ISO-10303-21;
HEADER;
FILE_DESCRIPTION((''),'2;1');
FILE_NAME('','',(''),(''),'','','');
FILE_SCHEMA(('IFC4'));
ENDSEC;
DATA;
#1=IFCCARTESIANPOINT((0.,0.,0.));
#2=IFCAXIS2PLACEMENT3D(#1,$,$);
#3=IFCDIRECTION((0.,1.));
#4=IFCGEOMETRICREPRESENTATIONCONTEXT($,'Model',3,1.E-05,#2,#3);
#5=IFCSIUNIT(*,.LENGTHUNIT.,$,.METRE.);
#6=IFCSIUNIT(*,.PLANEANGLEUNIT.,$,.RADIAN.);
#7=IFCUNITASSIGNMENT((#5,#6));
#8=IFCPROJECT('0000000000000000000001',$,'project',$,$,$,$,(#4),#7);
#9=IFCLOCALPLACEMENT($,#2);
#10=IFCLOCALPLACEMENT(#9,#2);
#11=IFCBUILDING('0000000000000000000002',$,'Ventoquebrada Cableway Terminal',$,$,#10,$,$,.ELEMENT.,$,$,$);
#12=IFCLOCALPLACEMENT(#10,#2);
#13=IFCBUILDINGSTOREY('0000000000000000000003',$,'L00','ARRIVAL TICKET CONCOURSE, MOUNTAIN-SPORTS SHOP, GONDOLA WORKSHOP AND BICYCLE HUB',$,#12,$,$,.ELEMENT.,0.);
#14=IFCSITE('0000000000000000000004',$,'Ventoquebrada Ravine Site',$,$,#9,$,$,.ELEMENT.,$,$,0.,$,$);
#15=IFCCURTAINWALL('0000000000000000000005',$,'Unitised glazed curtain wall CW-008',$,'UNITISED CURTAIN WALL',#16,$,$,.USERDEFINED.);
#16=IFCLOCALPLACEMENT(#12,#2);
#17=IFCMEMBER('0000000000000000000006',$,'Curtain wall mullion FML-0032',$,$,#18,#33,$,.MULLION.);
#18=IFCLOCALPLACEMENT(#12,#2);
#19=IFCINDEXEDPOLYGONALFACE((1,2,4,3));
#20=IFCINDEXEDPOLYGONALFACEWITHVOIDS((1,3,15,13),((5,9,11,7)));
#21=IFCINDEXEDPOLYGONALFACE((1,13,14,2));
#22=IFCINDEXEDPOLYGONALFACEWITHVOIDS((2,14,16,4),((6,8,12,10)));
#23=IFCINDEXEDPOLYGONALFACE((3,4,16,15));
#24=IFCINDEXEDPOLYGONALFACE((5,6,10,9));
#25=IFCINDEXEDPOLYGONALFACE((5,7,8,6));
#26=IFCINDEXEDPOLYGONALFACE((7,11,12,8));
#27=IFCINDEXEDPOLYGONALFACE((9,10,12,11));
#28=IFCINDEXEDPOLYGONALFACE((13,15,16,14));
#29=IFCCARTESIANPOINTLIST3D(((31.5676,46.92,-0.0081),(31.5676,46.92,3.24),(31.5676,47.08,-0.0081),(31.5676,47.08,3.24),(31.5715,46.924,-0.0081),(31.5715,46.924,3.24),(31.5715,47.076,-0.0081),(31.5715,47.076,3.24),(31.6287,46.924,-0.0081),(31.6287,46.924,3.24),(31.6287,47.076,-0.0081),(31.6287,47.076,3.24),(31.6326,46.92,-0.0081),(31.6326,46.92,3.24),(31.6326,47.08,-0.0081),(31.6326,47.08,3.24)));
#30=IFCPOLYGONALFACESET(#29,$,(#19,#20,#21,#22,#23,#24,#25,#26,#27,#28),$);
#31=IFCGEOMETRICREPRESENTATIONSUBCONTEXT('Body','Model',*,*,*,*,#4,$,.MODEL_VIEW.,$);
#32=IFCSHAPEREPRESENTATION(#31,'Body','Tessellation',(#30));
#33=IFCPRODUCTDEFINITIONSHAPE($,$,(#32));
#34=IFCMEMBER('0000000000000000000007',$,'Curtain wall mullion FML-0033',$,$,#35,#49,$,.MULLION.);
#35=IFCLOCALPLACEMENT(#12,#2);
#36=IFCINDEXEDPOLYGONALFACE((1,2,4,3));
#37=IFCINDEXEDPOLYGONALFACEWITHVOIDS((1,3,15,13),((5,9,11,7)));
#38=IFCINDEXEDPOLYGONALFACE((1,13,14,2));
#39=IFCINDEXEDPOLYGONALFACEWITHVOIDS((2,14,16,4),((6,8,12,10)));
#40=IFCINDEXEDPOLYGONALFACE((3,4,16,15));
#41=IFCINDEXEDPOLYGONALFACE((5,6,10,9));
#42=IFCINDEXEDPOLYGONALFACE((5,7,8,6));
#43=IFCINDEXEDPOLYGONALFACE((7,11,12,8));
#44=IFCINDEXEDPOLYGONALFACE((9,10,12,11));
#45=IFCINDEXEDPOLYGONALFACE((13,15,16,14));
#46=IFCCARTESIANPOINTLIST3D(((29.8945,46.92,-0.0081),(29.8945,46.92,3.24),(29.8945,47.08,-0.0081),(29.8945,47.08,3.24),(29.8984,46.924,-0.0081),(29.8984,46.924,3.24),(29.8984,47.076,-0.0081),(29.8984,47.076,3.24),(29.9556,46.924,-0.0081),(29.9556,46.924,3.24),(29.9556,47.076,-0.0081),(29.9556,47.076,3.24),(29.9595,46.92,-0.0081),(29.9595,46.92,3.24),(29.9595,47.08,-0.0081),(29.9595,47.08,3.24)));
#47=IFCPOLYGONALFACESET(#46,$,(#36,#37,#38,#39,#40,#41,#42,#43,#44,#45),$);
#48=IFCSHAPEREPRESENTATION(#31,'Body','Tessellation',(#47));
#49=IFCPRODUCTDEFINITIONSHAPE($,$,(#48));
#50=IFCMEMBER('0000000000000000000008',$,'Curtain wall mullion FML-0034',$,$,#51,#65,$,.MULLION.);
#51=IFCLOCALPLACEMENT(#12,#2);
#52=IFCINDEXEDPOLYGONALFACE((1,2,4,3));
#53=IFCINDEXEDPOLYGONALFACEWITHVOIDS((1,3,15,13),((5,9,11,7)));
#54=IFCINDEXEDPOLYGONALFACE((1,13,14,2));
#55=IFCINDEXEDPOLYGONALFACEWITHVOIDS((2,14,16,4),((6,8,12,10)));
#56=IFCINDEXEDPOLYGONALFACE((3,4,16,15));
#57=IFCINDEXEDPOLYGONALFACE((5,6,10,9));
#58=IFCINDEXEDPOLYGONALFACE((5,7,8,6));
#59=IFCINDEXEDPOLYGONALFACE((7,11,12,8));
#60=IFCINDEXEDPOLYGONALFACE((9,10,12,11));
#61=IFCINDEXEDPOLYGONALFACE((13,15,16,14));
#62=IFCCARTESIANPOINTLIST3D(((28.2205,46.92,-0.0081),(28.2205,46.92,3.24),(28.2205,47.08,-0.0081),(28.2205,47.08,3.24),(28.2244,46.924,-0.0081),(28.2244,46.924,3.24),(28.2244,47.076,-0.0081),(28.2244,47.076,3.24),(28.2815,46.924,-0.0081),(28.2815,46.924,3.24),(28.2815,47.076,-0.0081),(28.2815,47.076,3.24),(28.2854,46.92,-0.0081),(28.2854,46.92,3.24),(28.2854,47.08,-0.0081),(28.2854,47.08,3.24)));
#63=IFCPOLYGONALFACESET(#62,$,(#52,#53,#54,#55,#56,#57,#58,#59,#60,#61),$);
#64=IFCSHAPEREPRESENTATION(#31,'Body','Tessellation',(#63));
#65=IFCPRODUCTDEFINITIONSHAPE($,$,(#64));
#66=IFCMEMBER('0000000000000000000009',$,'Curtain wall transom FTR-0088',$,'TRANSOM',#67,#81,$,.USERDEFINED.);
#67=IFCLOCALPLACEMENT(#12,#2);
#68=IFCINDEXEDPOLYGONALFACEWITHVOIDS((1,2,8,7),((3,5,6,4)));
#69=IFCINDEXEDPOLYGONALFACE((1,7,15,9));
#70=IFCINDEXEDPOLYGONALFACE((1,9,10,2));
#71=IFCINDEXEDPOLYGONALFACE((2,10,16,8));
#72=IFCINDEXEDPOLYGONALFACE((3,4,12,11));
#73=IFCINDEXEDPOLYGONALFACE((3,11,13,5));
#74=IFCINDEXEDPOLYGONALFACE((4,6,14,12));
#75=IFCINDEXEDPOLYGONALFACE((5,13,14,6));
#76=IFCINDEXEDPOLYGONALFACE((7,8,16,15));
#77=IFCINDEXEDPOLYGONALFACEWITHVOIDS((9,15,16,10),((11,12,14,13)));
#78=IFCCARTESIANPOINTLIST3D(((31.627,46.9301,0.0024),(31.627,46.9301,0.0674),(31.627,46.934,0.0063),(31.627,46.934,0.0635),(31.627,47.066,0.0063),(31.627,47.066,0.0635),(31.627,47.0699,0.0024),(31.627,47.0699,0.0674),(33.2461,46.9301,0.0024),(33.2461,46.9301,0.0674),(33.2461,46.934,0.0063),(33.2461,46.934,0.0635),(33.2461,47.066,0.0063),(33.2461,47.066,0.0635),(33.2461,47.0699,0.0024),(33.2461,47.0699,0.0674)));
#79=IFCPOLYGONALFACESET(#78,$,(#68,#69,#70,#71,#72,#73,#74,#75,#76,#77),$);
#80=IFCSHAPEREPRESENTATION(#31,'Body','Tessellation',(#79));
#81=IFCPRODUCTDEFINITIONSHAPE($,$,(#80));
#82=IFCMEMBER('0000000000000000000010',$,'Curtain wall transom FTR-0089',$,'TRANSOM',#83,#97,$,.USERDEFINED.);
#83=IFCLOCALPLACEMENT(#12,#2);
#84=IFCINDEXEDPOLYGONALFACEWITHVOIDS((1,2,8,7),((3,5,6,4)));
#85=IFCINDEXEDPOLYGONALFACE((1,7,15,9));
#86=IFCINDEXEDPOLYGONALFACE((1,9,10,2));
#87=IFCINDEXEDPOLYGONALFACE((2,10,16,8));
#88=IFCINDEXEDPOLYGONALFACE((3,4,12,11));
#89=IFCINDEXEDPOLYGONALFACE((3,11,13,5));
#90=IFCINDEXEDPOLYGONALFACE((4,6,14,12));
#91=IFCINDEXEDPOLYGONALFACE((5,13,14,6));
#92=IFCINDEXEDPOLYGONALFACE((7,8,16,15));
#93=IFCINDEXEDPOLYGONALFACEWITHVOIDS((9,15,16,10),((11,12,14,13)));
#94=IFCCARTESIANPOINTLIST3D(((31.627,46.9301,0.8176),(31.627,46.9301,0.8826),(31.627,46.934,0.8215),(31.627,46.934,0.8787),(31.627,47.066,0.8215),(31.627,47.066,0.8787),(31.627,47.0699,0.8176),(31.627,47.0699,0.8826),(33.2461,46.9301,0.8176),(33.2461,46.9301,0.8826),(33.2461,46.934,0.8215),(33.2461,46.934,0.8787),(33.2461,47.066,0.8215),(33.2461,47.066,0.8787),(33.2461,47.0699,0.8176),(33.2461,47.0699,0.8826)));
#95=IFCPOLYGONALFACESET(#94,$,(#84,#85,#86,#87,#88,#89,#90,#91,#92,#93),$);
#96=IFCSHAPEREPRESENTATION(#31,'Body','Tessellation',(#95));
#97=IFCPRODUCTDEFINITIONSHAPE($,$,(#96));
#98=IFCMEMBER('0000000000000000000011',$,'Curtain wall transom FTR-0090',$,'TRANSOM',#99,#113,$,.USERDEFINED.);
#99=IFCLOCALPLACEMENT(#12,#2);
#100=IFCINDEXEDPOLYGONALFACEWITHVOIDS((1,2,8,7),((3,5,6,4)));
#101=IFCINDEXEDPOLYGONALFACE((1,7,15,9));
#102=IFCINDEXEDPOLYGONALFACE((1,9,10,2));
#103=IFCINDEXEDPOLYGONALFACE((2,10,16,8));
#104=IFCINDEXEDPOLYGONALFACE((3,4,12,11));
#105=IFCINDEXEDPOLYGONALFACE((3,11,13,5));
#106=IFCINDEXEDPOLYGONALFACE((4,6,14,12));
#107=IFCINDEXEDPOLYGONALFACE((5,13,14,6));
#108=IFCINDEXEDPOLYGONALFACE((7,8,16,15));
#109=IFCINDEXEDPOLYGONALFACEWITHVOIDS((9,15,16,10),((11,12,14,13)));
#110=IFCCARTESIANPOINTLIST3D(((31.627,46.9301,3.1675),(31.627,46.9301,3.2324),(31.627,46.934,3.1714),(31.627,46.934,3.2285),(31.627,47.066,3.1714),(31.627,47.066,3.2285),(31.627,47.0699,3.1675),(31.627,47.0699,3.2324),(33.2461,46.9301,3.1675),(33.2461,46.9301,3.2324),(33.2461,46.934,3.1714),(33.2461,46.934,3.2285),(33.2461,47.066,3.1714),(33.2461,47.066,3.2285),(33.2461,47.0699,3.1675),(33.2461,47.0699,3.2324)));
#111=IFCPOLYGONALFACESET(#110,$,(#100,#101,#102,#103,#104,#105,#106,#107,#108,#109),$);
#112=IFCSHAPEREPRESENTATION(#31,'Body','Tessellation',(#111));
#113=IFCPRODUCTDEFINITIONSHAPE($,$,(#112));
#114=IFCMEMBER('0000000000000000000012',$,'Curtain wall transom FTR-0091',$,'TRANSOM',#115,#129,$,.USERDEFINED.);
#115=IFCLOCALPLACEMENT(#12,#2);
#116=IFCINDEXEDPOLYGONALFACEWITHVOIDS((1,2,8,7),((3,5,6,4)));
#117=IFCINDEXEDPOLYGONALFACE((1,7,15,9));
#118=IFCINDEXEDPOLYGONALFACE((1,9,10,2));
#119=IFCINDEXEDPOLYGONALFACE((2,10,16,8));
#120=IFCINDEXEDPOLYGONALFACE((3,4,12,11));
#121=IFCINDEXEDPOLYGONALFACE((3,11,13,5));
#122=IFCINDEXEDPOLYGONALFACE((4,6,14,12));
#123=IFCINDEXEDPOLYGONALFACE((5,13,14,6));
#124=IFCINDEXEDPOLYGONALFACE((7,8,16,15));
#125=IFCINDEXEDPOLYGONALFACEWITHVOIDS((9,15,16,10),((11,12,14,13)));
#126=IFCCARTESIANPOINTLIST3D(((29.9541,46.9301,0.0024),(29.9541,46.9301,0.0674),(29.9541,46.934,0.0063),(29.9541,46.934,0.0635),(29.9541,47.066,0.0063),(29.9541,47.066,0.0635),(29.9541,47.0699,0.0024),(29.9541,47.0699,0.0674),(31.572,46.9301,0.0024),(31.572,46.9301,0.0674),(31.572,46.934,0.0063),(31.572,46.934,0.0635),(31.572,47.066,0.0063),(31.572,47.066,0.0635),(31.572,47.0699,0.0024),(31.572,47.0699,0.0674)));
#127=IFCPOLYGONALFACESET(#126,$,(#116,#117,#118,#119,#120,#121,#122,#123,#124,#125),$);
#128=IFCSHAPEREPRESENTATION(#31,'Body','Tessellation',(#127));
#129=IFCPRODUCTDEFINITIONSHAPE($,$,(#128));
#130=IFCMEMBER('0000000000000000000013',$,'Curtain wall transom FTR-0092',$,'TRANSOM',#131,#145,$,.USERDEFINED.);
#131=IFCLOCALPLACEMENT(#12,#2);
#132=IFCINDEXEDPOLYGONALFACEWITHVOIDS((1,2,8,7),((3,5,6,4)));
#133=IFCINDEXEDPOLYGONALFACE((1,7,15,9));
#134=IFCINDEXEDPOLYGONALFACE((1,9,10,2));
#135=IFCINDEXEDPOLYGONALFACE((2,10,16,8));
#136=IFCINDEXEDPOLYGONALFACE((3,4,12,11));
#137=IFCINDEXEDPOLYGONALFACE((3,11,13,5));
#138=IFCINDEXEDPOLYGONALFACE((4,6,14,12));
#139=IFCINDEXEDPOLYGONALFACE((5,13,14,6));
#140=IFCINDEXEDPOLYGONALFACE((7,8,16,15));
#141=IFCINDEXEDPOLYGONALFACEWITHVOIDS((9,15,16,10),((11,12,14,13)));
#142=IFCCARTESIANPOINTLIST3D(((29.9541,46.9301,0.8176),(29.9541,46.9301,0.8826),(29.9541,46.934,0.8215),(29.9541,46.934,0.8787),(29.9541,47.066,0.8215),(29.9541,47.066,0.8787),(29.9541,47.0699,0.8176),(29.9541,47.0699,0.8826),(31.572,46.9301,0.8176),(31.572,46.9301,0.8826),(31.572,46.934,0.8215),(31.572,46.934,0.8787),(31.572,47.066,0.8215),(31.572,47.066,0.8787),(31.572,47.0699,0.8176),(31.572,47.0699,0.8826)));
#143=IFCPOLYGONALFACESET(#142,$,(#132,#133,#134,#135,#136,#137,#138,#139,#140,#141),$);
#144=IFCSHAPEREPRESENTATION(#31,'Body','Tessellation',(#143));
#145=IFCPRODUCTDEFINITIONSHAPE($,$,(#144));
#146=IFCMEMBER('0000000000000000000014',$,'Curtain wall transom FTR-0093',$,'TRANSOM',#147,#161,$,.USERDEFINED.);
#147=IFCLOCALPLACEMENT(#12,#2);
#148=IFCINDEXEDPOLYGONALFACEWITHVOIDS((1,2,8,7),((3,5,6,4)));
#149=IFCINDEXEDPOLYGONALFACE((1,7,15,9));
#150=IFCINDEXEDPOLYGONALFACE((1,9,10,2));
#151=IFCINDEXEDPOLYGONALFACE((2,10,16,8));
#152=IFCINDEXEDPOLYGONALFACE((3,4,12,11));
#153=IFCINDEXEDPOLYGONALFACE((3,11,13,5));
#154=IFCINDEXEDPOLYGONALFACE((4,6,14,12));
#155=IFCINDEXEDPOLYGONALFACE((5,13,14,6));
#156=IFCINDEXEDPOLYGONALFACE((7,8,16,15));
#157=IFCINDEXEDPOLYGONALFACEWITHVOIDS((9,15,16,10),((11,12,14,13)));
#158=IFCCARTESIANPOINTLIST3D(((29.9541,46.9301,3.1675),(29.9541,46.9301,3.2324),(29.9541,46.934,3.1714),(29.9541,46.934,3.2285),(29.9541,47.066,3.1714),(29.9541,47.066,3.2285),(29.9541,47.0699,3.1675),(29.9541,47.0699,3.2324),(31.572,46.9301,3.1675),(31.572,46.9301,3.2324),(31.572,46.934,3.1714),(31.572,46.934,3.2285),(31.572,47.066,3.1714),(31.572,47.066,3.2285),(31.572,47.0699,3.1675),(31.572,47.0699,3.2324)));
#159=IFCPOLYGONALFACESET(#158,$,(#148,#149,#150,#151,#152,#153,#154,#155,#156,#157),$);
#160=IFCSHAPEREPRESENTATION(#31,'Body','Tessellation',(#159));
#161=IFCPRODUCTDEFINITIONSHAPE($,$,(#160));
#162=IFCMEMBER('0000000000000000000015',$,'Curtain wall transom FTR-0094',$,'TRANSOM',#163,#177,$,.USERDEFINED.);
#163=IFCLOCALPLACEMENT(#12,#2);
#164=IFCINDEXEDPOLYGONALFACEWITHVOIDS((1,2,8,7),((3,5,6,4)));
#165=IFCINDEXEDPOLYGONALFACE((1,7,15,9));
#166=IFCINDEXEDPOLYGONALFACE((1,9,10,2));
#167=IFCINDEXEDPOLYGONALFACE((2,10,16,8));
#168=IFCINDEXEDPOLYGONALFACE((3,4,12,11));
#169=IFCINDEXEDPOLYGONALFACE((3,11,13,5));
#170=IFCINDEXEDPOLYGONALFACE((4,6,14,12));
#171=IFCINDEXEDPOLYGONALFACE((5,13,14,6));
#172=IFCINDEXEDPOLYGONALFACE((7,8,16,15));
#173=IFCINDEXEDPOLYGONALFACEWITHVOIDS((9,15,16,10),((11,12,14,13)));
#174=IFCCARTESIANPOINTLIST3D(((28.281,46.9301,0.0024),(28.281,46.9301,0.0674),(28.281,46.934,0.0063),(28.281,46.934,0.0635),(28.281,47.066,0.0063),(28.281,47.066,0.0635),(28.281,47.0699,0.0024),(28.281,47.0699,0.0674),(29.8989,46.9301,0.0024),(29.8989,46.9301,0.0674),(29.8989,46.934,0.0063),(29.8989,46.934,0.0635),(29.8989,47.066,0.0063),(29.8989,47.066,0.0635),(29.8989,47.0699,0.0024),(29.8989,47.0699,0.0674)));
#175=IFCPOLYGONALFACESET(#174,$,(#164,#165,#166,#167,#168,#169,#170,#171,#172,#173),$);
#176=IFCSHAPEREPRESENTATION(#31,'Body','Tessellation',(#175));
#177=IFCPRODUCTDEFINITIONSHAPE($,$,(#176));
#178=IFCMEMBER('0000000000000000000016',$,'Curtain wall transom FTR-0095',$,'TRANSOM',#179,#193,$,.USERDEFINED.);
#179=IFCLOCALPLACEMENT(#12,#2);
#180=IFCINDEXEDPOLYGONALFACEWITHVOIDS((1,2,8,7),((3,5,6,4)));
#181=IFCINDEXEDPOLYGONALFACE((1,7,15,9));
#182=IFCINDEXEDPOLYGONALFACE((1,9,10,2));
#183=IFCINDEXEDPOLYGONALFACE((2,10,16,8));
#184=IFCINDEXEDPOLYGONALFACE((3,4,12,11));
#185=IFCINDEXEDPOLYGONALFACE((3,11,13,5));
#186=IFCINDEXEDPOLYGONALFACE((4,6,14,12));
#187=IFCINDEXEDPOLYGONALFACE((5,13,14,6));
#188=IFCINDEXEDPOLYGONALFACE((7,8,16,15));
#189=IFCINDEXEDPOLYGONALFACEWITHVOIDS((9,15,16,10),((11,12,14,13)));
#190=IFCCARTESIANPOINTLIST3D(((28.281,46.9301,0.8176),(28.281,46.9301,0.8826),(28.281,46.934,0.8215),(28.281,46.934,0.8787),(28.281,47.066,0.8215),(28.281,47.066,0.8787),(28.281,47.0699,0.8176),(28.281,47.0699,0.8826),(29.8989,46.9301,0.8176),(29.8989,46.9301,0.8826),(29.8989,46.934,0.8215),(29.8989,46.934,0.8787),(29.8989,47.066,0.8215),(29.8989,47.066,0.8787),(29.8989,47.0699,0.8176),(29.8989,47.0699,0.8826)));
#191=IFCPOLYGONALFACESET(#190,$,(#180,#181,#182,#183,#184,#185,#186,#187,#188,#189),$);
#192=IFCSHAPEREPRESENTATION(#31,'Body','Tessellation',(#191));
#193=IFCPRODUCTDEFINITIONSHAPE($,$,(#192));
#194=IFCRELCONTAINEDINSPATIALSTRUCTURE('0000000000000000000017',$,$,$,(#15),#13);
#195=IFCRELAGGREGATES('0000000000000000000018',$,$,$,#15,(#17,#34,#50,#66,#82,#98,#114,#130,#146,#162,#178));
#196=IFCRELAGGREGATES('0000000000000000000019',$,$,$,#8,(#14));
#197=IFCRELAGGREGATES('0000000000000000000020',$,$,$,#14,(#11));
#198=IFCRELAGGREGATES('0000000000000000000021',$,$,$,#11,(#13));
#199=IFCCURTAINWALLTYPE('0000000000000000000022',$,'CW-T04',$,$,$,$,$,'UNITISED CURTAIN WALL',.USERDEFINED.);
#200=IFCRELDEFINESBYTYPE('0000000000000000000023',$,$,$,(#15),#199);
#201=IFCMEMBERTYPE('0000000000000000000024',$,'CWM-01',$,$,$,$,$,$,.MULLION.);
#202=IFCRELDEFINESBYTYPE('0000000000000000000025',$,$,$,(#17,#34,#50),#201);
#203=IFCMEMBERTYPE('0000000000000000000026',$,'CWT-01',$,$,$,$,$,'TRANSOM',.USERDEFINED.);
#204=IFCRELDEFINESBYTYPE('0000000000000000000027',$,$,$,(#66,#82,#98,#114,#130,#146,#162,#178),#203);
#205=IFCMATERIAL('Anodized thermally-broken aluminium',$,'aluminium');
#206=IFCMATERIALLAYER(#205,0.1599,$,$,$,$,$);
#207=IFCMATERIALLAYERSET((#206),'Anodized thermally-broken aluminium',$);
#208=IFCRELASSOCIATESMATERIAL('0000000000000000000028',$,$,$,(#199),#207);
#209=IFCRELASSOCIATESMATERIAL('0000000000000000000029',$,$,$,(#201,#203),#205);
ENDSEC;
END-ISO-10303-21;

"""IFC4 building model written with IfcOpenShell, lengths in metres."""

from ifc_helpers import new_model, si_unit, direction, frame, origin, origin_2d, place, context, subcontext, project, spatial, hollow_rectangle, extrude, material, layer, layer_set, material_profile, profile_set, type_object, element, aggregate, save


model = new_model("IFC4")

# Units and contexts
model_context = context("Model", 3, precision=1e-05, world=origin(), true_north=direction((0.0, 1.0)))
body_context = subcontext(model_context, "Body", "Model", "MODEL_VIEW")
ifc_project = project(units=[si_unit("LENGTHUNIT", "METRE"), si_unit("PLANEANGLEUNIT", "RADIAN")], contexts=[model_context])

# Site, building, storey
site_placement = place(None, origin())
site = spatial("IfcSite", under=ifc_project, at=site_placement, Name="Ventoquebrada Ravine Site", CompositionType="ELEMENT", RefElevation=0.0)
building_placement = place(site_placement, origin())
building = spatial("IfcBuilding", under=site, at=building_placement, Name="Ventoquebrada Cableway Terminal", CompositionType="ELEMENT")
storey_placement = place(building_placement, origin())
storey = spatial("IfcBuildingStorey", under=building, at=storey_placement, Name="L00", Description="ARRIVAL TICKET CONCOURSE, MOUNTAIN-SPORTS SHOP, GONDOLA WORKSHOP AND BICYCLE HUB", CompositionType="ELEMENT", Elevation=0.0)

# Curtain wall, members
ifc_material_1 = material(Name="Anodized thermally-broken aluminium", Category="aluminium")
ifc_layer_1 = layer(ifc_material_1, 0.1599)
ifc_layer_set_1 = layer_set([ifc_layer_1], Name="Anodized thermally-broken aluminium")
curtain_wall_type = type_object("IfcCurtainWallType", Name="CW-T04", ElementType="UNITISED CURTAIN WALL", PredefinedType="USERDEFINED", material=ifc_layer_set_1)
curtain_wall_placement = place(storey_placement, origin())
curtain_wall = element("IfcCurtainWall", 1, at=curtain_wall_placement, inside=storey, type_object=curtain_wall_type, Name="Unitised glazed curtain wall CW-008", ObjectType="UNITISED CURTAIN WALL", PredefinedType="USERDEFINED")
ifc_material_profile_1 = material_profile(ifc_material_1, hollow_rectangle(XDim=0.0649, YDim=0.1599, WallThickness=0.0039, at=origin_2d()), Name="CW-MUL-65X160")
ifc_profile_set_1 = profile_set([ifc_material_profile_1], Name="Anodized thermally-broken aluminium")
member_type_1 = type_object("IfcMemberType", Name="CWM-01", PredefinedType="MULLION", material=ifc_profile_set_1)
member_1_placement = place(storey_placement, frame((31.6001, 47.0, -0.0081), z_axis=(0.0, 0.0, 1.0), x_axis=(-1.0, 0.0, 0.0)))
member_1 = element("IfcMember", 2, at=member_1_placement, type_object=member_type_1, Name="Curtain wall mullion FML-0032", PredefinedType="MULLION", context=body_context, shape_type="SweptSolid", body=[
    extrude(hollow_rectangle(XDim=0.0649, YDim=0.1599, WallThickness=0.0039, at=origin_2d()), origin(), (0.0, 0.0, 1.0), 3.248),
])
member_2_placement = place(storey_placement, frame((29.927, 47.0, -0.0081), z_axis=(0.0, 0.0, 1.0), x_axis=(-1.0, 0.0, 0.0)))
member_2 = element("IfcMember", 3, at=member_2_placement, type_object=member_type_1, Name="Curtain wall mullion FML-0033", PredefinedType="MULLION", context=body_context, shape_type="SweptSolid", body=[
    extrude(hollow_rectangle(XDim=0.0649, YDim=0.1599, WallThickness=0.0039, at=origin_2d()), origin(), (0.0, 0.0, 1.0), 3.248),
])
member_3_placement = place(storey_placement, frame((28.2529, 47.0, -0.0081), z_axis=(0.0, 0.0, 1.0), x_axis=(-1.0, 0.0, 0.0)))
member_3 = element("IfcMember", 4, at=member_3_placement, type_object=member_type_1, Name="Curtain wall mullion FML-0034", PredefinedType="MULLION", context=body_context, shape_type="SweptSolid", body=[
    extrude(hollow_rectangle(XDim=0.0649, YDim=0.1599, WallThickness=0.0039, at=origin_2d()), origin(), (0.0, 0.0, 1.0), 3.248),
])
ifc_material_profile_2 = material_profile(ifc_material_1, hollow_rectangle(XDim=0.0649, YDim=0.1399, WallThickness=0.0039, at=origin_2d()), Name="CW-TRN-65X140")
ifc_profile_set_2 = profile_set([ifc_material_profile_2], Name="Anodized thermally-broken aluminium")
member_type_2 = type_object("IfcMemberType", Name="CWT-01", ElementType="TRANSOM", PredefinedType="USERDEFINED", material=ifc_profile_set_2)
member_4_placement = place(storey_placement, frame((33.2461, 47.0, 0.0349), z_axis=(-1.0, 0.0, 0.0), x_axis=(0.0, 0.0, 1.0)))
member_4 = element("IfcMember", 5, at=member_4_placement, type_object=member_type_2, Name="Curtain wall transom FTR-0088", ObjectType="TRANSOM", PredefinedType="USERDEFINED", context=body_context, shape_type="SweptSolid", body=[
    extrude(hollow_rectangle(XDim=0.0649, YDim=0.1399, WallThickness=0.0039, at=origin_2d()), origin(), (0.0, 0.0, 1.0), 1.6191),
])
member_5_placement = place(storey_placement, frame((33.2461, 47.0, 0.8501), z_axis=(-1.0, 0.0, 0.0), x_axis=(0.0, 0.0, 1.0)))
member_5 = element("IfcMember", 6, at=member_5_placement, type_object=member_type_2, Name="Curtain wall transom FTR-0089", ObjectType="TRANSOM", PredefinedType="USERDEFINED", context=body_context, shape_type="SweptSolid", body=[
    extrude(hollow_rectangle(XDim=0.0649, YDim=0.1399, WallThickness=0.0039, at=origin_2d()), origin(), (0.0, 0.0, 1.0), 1.6191),
])
member_6_placement = place(storey_placement, frame((33.2461, 47.0, 3.2), z_axis=(-1.0, 0.0, 0.0), x_axis=(0.0, 0.0, 1.0)))
member_6 = element("IfcMember", 7, at=member_6_placement, type_object=member_type_2, Name="Curtain wall transom FTR-0090", ObjectType="TRANSOM", PredefinedType="USERDEFINED", context=body_context, shape_type="SweptSolid", body=[
    extrude(hollow_rectangle(XDim=0.0649, YDim=0.1399, WallThickness=0.0039, at=origin_2d()), origin(), (0.0, 0.0, 1.0), 1.6191),
])
member_7_placement = place(storey_placement, frame((31.572, 47.0, 0.0349), z_axis=(-1.0, 0.0, 0.0), x_axis=(0.0, 0.0, 1.0)))
member_7 = element("IfcMember", 8, at=member_7_placement, type_object=member_type_2, Name="Curtain wall transom FTR-0091", ObjectType="TRANSOM", PredefinedType="USERDEFINED", context=body_context, shape_type="SweptSolid", body=[
    extrude(hollow_rectangle(XDim=0.0649, YDim=0.1399, WallThickness=0.0039, at=origin_2d()), origin(), (0.0, 0.0, 1.0), 1.6179),
])
member_8_placement = place(storey_placement, frame((31.572, 47.0, 0.8501), z_axis=(-1.0, 0.0, 0.0), x_axis=(0.0, 0.0, 1.0)))
member_8 = element("IfcMember", 9, at=member_8_placement, type_object=member_type_2, Name="Curtain wall transom FTR-0092", ObjectType="TRANSOM", PredefinedType="USERDEFINED", context=body_context, shape_type="SweptSolid", body=[
    extrude(hollow_rectangle(XDim=0.0649, YDim=0.1399, WallThickness=0.0039, at=origin_2d()), origin(), (0.0, 0.0, 1.0), 1.6179),
])
member_9_placement = place(storey_placement, frame((31.572, 47.0, 3.2), z_axis=(-1.0, 0.0, 0.0), x_axis=(0.0, 0.0, 1.0)))
member_9 = element("IfcMember", 10, at=member_9_placement, type_object=member_type_2, Name="Curtain wall transom FTR-0093", ObjectType="TRANSOM", PredefinedType="USERDEFINED", context=body_context, shape_type="SweptSolid", body=[
    extrude(hollow_rectangle(XDim=0.0649, YDim=0.1399, WallThickness=0.0039, at=origin_2d()), origin(), (0.0, 0.0, 1.0), 1.6179),
])
member_10_placement = place(storey_placement, frame((29.8989, 47.0, 0.0349), z_axis=(-1.0, 0.0, 0.0), x_axis=(0.0, 0.0, 1.0)))
member_10 = element("IfcMember", 11, at=member_10_placement, type_object=member_type_2, Name="Curtain wall transom FTR-0094", ObjectType="TRANSOM", PredefinedType="USERDEFINED", context=body_context, shape_type="SweptSolid", body=[
    extrude(hollow_rectangle(XDim=0.0649, YDim=0.1399, WallThickness=0.0039, at=origin_2d()), origin(), (0.0, 0.0, 1.0), 1.6179),
])
member_11_placement = place(storey_placement, frame((29.8989, 47.0, 0.8501), z_axis=(-1.0, 0.0, 0.0), x_axis=(0.0, 0.0, 1.0)))
member_11 = element("IfcMember", 12, at=member_11_placement, type_object=member_type_2, Name="Curtain wall transom FTR-0095", ObjectType="TRANSOM", PredefinedType="USERDEFINED", context=body_context, shape_type="SweptSolid", body=[
    extrude(hollow_rectangle(XDim=0.0649, YDim=0.1399, WallThickness=0.0039, at=origin_2d()), origin(), (0.0, 0.0, 1.0), 1.6179),
])
aggregate(curtain_wall, [member_1, member_2, member_3, member_4, member_5, member_6, member_7, member_8, member_9, member_10, member_11])

save(model, "model.ifc")
